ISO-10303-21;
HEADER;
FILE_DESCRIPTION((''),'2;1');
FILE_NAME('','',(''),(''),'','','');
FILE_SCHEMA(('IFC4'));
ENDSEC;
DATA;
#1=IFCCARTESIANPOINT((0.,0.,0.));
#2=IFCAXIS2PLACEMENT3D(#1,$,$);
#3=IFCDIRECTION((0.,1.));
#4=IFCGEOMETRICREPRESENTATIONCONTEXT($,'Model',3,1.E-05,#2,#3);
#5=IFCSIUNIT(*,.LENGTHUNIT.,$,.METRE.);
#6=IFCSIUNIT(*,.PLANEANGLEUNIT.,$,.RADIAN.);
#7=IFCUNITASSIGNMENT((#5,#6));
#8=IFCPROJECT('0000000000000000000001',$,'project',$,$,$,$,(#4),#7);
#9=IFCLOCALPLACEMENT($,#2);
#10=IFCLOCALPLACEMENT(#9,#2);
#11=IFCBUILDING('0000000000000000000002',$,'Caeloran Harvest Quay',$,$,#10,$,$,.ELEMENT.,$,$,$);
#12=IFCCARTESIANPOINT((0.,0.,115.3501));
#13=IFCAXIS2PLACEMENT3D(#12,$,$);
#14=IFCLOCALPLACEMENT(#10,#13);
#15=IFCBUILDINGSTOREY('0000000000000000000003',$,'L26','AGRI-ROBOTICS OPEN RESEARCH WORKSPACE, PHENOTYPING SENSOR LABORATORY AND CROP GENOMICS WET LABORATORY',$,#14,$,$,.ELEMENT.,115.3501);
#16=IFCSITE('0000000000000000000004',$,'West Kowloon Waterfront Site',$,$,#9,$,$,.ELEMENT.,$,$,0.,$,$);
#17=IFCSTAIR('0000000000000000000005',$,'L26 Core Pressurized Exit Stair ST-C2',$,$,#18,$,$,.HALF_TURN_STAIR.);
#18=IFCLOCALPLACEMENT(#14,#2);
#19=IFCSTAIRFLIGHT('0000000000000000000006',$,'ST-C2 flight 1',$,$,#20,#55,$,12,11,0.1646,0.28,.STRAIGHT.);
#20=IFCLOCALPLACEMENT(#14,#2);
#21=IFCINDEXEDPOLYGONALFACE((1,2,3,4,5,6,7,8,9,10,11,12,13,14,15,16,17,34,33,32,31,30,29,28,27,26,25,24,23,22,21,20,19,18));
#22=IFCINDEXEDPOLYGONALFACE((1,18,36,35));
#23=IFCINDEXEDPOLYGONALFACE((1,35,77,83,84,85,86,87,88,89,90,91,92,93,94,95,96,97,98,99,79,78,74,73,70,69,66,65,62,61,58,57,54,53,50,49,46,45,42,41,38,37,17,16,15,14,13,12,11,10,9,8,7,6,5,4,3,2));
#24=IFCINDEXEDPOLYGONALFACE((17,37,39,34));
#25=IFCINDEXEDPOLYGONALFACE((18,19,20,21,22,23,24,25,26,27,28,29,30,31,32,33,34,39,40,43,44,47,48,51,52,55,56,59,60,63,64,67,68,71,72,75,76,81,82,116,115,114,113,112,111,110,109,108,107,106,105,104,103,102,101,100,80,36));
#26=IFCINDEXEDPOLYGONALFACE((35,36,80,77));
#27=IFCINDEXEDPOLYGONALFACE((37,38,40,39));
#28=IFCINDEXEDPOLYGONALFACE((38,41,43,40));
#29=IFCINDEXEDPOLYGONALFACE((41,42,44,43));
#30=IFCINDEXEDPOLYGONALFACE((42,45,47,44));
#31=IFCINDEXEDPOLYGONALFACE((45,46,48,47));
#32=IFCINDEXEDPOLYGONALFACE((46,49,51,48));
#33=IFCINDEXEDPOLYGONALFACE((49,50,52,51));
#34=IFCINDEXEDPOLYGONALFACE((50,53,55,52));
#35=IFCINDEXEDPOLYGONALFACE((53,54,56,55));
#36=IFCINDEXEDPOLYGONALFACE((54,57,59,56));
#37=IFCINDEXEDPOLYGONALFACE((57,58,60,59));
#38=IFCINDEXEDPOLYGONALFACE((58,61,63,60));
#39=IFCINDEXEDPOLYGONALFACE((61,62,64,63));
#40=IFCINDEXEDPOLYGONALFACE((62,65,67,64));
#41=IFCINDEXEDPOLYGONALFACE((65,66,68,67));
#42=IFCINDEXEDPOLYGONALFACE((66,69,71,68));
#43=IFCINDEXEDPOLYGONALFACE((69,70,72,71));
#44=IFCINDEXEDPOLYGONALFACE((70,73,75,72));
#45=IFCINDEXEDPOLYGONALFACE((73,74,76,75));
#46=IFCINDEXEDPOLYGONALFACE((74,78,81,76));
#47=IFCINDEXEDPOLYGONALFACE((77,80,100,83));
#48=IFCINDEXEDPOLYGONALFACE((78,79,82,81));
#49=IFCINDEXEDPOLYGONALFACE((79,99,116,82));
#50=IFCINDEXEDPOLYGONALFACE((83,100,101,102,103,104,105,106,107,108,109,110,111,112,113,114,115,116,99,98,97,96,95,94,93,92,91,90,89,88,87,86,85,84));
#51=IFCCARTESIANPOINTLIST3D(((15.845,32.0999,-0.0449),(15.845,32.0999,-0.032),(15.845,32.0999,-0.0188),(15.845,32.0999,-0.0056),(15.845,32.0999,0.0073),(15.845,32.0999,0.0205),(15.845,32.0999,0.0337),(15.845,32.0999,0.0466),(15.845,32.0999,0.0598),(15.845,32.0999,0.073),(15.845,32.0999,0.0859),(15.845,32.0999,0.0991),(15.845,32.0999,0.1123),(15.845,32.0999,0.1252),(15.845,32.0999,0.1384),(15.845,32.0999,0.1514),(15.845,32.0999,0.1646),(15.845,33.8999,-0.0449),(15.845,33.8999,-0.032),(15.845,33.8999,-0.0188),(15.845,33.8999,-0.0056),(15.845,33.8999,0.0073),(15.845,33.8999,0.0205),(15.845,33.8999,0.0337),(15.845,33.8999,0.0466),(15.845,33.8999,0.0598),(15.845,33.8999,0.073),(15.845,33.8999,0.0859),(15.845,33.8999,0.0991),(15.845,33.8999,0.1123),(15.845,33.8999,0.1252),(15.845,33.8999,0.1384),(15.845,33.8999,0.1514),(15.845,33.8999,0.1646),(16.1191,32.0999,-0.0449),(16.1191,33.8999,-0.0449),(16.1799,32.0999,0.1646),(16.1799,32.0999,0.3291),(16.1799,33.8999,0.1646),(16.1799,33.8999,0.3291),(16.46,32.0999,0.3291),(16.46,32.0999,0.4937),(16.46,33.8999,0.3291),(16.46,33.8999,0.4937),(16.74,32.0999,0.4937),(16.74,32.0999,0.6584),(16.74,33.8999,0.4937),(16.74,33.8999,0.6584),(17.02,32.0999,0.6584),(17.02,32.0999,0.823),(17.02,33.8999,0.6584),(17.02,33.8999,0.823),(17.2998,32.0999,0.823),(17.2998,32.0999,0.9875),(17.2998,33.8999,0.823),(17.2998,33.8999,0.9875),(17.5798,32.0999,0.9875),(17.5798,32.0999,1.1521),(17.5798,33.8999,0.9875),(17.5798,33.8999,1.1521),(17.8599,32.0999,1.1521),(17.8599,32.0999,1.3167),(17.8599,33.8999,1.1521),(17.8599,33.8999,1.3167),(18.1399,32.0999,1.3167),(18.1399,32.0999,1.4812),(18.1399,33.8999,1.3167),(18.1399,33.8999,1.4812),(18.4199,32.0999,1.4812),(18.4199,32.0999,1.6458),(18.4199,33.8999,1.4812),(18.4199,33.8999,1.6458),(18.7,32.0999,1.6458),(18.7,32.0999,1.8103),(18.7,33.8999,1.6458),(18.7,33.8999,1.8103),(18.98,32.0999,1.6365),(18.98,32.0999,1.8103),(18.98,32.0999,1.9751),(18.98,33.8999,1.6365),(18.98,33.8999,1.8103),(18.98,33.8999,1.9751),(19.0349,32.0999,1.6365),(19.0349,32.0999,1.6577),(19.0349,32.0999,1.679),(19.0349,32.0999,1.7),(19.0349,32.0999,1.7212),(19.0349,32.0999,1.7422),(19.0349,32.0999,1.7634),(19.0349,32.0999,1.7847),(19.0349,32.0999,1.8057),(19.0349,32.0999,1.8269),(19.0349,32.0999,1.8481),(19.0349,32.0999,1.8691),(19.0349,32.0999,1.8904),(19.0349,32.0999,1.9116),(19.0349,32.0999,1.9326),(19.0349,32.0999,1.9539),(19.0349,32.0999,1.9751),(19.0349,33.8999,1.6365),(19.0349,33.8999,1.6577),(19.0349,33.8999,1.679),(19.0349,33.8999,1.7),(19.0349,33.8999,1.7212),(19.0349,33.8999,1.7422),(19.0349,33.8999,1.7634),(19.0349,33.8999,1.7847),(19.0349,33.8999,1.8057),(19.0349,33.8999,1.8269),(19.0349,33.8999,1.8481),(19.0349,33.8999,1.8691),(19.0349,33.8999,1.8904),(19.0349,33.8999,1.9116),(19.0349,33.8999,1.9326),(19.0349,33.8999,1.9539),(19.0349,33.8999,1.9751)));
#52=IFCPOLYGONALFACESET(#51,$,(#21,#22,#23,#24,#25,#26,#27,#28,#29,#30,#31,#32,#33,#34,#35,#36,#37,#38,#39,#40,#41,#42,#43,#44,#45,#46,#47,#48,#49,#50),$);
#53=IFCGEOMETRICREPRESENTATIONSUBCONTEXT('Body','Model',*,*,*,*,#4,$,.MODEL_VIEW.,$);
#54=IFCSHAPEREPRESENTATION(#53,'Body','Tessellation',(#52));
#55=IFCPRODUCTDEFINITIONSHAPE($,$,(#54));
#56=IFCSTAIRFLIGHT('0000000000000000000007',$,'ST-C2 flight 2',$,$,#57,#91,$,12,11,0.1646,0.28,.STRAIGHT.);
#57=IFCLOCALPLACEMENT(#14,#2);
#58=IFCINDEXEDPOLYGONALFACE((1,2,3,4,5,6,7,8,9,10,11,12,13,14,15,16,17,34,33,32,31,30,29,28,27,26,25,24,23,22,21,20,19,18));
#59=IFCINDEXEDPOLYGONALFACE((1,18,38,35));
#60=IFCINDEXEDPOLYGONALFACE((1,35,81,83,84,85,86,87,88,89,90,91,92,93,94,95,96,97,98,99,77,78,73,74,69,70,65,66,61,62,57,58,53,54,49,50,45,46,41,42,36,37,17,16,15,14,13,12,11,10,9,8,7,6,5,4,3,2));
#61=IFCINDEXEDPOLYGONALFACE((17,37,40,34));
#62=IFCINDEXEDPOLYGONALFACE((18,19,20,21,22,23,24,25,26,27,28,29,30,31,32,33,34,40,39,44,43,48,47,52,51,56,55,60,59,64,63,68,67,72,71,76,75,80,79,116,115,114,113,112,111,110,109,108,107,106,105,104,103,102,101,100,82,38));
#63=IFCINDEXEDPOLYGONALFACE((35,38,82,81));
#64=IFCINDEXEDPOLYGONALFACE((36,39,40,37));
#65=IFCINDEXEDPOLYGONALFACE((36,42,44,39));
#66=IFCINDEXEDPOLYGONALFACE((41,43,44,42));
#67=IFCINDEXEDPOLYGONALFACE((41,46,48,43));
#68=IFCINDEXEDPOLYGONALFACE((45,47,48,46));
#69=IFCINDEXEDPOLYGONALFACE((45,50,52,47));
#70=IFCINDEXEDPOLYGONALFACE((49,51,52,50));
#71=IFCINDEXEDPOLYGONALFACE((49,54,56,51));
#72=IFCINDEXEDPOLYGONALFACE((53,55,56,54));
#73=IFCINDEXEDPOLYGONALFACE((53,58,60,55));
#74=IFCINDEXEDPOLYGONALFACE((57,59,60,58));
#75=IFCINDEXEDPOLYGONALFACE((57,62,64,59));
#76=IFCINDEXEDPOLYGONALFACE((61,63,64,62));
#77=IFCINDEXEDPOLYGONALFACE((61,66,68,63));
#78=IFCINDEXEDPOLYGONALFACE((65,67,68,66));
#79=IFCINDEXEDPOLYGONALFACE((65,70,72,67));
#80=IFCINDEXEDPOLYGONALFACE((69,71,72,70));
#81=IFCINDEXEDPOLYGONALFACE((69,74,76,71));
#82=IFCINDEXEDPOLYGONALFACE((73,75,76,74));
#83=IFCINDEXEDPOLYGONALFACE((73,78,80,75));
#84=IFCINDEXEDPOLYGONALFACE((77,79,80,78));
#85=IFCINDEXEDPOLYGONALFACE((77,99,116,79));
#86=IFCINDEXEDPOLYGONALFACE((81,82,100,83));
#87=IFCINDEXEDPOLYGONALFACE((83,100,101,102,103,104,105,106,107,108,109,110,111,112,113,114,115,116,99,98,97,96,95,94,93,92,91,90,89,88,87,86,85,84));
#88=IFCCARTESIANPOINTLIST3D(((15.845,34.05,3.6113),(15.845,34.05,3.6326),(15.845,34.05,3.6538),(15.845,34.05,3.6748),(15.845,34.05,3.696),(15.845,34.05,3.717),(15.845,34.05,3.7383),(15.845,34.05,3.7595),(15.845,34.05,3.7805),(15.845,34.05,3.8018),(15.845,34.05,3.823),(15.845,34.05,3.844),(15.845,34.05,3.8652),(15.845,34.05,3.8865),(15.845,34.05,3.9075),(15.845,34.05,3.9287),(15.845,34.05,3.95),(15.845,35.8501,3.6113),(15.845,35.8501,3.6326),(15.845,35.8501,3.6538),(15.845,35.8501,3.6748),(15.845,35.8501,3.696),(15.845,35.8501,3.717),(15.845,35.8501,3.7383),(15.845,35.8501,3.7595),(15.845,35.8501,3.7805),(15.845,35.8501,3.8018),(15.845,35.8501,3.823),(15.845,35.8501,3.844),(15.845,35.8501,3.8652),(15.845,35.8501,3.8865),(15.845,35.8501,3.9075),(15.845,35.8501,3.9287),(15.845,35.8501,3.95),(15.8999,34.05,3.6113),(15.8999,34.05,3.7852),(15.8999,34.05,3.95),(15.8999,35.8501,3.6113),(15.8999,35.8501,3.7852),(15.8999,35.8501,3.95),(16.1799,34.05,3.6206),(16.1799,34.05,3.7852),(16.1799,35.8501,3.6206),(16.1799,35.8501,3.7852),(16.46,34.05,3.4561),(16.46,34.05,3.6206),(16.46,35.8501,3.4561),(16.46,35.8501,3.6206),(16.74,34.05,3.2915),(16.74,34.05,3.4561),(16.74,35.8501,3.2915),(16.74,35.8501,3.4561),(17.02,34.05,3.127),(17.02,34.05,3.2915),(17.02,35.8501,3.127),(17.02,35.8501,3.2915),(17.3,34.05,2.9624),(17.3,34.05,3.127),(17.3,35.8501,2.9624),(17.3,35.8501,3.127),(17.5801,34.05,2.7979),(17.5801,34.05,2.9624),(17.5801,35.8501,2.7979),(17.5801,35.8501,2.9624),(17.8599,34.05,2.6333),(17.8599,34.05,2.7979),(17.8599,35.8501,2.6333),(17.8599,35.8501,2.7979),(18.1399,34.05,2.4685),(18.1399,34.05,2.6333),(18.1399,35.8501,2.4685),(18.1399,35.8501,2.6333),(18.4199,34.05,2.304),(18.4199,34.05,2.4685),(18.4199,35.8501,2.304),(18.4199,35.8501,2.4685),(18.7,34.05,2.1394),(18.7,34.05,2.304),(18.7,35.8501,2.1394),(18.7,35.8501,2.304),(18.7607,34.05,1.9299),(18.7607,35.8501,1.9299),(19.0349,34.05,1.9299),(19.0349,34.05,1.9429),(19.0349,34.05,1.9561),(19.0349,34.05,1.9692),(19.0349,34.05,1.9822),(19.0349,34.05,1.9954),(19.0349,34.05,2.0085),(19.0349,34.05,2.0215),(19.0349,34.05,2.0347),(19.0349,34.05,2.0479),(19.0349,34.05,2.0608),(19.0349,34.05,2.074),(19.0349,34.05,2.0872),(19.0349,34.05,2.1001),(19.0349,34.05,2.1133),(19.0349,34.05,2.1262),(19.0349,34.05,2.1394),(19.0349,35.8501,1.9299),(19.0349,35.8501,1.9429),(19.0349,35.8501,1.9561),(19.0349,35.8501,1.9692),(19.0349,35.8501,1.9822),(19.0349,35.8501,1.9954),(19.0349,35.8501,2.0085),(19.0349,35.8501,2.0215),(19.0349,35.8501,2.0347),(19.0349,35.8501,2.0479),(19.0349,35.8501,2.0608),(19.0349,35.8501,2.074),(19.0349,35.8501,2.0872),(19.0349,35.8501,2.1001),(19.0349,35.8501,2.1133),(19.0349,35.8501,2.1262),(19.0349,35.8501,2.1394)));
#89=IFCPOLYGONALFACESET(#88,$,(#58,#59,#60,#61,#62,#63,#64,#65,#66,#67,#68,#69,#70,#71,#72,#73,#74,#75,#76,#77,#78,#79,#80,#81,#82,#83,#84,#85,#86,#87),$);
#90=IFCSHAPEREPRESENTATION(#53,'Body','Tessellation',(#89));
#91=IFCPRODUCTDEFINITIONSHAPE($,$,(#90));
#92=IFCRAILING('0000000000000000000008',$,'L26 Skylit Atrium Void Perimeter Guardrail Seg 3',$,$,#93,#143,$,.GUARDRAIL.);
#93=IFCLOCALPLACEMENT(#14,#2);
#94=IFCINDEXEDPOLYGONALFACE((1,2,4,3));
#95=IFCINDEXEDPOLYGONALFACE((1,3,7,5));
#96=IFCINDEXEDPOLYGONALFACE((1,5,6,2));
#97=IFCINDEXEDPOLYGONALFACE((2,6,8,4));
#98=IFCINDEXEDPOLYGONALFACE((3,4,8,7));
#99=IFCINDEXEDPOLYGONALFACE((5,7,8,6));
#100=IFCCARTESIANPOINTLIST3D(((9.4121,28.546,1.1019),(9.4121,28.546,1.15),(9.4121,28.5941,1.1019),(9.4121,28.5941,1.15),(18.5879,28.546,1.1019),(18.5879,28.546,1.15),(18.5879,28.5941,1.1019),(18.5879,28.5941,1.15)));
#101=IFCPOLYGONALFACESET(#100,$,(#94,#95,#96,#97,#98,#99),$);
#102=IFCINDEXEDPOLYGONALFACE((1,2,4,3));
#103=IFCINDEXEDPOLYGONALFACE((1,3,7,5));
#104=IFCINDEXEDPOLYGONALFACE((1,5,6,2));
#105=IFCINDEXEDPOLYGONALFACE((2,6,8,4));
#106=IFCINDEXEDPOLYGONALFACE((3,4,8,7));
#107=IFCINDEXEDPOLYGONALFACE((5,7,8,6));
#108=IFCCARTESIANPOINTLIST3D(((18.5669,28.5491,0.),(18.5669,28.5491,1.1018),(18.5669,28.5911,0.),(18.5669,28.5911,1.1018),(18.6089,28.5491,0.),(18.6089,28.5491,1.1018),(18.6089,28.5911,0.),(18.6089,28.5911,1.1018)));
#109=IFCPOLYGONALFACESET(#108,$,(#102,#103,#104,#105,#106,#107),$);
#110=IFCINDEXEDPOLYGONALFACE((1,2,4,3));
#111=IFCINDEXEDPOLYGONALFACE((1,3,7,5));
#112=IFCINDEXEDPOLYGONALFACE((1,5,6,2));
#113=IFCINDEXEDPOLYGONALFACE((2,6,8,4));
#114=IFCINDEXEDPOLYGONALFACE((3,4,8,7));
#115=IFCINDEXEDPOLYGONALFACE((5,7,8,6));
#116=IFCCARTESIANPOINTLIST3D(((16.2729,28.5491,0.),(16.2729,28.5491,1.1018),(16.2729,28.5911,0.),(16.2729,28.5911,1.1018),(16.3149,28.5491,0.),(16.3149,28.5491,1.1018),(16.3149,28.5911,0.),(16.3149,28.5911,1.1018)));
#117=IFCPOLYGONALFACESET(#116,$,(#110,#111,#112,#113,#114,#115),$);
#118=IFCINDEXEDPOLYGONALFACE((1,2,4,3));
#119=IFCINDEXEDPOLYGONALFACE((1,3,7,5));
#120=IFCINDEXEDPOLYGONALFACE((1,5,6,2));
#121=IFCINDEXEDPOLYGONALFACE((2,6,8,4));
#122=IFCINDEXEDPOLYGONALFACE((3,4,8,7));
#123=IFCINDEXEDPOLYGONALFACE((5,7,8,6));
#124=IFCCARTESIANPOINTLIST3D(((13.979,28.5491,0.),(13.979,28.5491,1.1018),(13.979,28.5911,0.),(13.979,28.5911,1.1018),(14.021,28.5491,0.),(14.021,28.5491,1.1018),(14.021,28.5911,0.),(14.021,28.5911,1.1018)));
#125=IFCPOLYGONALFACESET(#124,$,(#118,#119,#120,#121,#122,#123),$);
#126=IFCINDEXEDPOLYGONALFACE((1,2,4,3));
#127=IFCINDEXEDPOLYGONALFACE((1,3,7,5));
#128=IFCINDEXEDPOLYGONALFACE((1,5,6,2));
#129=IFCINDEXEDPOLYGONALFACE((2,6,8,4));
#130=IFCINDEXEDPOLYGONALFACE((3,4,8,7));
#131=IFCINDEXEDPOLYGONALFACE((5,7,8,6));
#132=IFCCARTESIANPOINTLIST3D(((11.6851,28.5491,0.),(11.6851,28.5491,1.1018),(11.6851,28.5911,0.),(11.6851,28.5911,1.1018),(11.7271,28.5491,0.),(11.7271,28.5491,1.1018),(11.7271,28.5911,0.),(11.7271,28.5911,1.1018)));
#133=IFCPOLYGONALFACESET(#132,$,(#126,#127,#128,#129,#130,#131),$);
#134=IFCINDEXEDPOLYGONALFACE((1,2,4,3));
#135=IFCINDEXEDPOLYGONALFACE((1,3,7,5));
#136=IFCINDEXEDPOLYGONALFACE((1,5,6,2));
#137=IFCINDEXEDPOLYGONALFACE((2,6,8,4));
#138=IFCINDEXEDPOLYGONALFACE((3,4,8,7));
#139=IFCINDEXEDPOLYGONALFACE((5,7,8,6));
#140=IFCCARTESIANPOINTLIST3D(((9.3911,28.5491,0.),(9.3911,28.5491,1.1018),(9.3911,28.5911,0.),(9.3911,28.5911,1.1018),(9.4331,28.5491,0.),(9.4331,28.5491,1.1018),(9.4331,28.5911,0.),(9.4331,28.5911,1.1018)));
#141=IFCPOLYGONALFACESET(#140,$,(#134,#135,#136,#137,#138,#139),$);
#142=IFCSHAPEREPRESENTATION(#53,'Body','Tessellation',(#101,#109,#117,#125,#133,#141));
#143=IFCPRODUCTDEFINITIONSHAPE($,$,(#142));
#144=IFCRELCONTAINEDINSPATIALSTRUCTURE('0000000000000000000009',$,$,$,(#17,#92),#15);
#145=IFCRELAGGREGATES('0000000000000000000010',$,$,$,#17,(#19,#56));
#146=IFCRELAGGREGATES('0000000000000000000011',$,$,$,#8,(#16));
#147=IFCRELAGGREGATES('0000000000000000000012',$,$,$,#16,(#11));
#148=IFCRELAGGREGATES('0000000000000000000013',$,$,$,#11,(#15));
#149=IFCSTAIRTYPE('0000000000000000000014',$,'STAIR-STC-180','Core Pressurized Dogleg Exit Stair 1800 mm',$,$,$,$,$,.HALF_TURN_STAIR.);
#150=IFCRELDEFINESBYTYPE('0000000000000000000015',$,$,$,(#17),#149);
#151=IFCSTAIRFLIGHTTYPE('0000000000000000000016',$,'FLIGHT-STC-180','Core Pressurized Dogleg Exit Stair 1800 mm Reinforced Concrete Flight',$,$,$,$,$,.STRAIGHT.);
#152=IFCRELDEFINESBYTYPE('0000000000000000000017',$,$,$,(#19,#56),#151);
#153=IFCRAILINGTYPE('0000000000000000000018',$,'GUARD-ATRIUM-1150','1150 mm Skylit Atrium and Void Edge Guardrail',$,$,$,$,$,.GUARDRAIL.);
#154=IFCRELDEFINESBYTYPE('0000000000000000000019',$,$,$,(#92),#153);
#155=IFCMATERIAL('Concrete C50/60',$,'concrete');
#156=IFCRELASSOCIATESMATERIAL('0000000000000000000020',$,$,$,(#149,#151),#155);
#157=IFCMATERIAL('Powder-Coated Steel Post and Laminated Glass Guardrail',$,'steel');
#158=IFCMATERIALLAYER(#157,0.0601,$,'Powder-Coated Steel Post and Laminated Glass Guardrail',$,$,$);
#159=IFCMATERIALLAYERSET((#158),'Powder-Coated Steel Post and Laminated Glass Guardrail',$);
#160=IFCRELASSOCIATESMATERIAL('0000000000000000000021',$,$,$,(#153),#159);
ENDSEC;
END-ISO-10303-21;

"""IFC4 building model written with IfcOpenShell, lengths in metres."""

from ifc_helpers import new_model, si_unit, direction, frame, origin, origin_2d, place, context, subcontext, project, spatial, polyline, rectangle, outline, extrude, material, layer, layer_set, type_object, element, aggregate, save


model = new_model("IFC4")

# Units and contexts
model_context = context("Model", 3, precision=1e-05, world=origin(), true_north=direction((0.0, 1.0)))
body_context = subcontext(model_context, "Body", "Model", "MODEL_VIEW")
ifc_project = project(units=[si_unit("LENGTHUNIT", "METRE"), si_unit("PLANEANGLEUNIT", "RADIAN")], contexts=[model_context])

# Site, building, storey
site_placement = place(None, origin())
site = spatial("IfcSite", under=ifc_project, at=site_placement, Name="West Kowloon Waterfront Site", CompositionType="ELEMENT", RefElevation=0.0)
building_placement = place(site_placement, origin())
building = spatial("IfcBuilding", under=site, at=building_placement, Name="Caeloran Harvest Quay", CompositionType="ELEMENT")
storey_placement = place(building_placement, frame((0.0, 0.0, 115.3501)))
storey = spatial("IfcBuildingStorey", under=building, at=storey_placement, Name="L26", Description="AGRI-ROBOTICS OPEN RESEARCH WORKSPACE, PHENOTYPING SENSOR LABORATORY AND CROP GENOMICS WET LABORATORY", CompositionType="ELEMENT", Elevation=115.3501)

# Stair, stair flights
ifc_material_1 = material(Name="Concrete C50/60", Category="concrete")
stair_type = type_object("IfcStairType", Name="STAIR-STC-180", Description="Core Pressurized Dogleg Exit Stair 1800 mm", PredefinedType="HALF_TURN_STAIR", material=ifc_material_1)
stair_placement = place(storey_placement, origin())
stair = element("IfcStair", 1, at=stair_placement, inside=storey, type_object=stair_type, Name="L26 Core Pressurized Exit Stair ST-C2", PredefinedType="HALF_TURN_STAIR")
stair_flight_type = type_object("IfcStairFlightType", Name="FLIGHT-STC-180", Description="Core Pressurized Dogleg Exit Stair 1800 mm Reinforced Concrete Flight", PredefinedType="STRAIGHT", material=ifc_material_1)
stair_flight_1_placement = place(storey_placement, frame((15.8999, 33.0, 0.0), z_axis=(0.0, 0.0, 1.0), x_axis=(1.0, 0.0, 0.0)))
stair_flight_1 = element("IfcStairFlight", 2, at=stair_flight_1_placement, type_object=stair_flight_type, Name="ST-C2 flight 1", NumberOfRisers=12, NumberOfTreads=11, PredefinedType="STRAIGHT", RiserHeight=0.1646, TreadLength=0.28, context=body_context, shape_type="SweptSolid", body=[
    extrude(outline(polyline([(-0.0549, -0.0449), (-0.0549, -0.032), (-0.0549, -0.0188), (-0.0549, -0.0056), (-0.0549, 0.0073), (-0.0549, 0.0205), (-0.0549, 0.0337), (-0.0549, 0.0466), (-0.0549, 0.0598), (-0.0549, 0.073), (-0.0549, 0.0859), (-0.0549, 0.0991), (-0.0549, 0.1123), (-0.0549, 0.1252), (-0.0549, 0.1384), (-0.0549, 0.1514), (-0.0549, 0.1646), (0.28, 0.1646), (0.28, 0.3291), (0.5601, 0.3291), (0.5601, 0.4937), (0.8401, 0.4937), (0.8401, 0.6584), (1.1201, 0.6584), (1.1201, 0.823), (1.3999, 0.823), (1.3999, 0.9875), (1.6799, 0.9875), (1.6799, 1.1521), (1.96, 1.1521), (1.96, 1.3167), (2.24, 1.3167), (2.24, 1.4812), (2.52, 1.4812), (2.52, 1.6458), (2.8, 1.6458), (2.8, 1.8103), (3.0801, 1.8103), (3.0801, 1.9751), (3.135, 1.9751), (3.135, 1.9539), (3.135, 1.9326), (3.135, 1.9116), (3.135, 1.8904), (3.135, 1.8691), (3.135, 1.8481), (3.135, 1.8269), (3.135, 1.8057), (3.135, 1.7847), (3.135, 1.7634), (3.135, 1.7422), (3.135, 1.7212), (3.135, 1.7), (3.135, 1.679), (3.135, 1.6577), (3.135, 1.6365), (3.0801, 1.6365), (0.2192, -0.0449), (-0.0549, -0.0449)])), frame((0.0, 0.8999, 0.0), z_axis=(0.0, -1.0, 0.0), x_axis=(1.0, 0.0, 0.0)), (0.0, 0.0, 1.0), 1.8),
])
stair_flight_2_placement = place(storey_placement, frame((18.98, 34.95, 1.9749), z_axis=(0.0, 0.0, 1.0), x_axis=(-1.0, 0.0, 0.0)))
stair_flight_2 = element("IfcStairFlight", 3, at=stair_flight_2_placement, type_object=stair_flight_type, Name="ST-C2 flight 2", NumberOfRisers=12, NumberOfTreads=11, PredefinedType="STRAIGHT", RiserHeight=0.1646, TreadLength=0.28, context=body_context, shape_type="SweptSolid", body=[
    extrude(outline(polyline([(-0.0549, -0.0449), (-0.0549, -0.032), (-0.0549, -0.0188), (-0.0549, -0.0056), (-0.0549, 0.0073), (-0.0549, 0.0205), (-0.0549, 0.0337), (-0.0549, 0.0466), (-0.0549, 0.0598), (-0.0549, 0.073), (-0.0549, 0.0859), (-0.0549, 0.0991), (-0.0549, 0.1123), (-0.0549, 0.1252), (-0.0549, 0.1384), (-0.0549, 0.1514), (-0.0549, 0.1646), (0.28, 0.1646), (0.28, 0.3291), (0.5601, 0.3291), (0.5601, 0.4937), (0.8401, 0.4937), (0.8401, 0.6584), (1.1201, 0.6584), (1.1201, 0.823), (1.3999, 0.823), (1.3999, 0.9875), (1.6799, 0.9875), (1.6799, 1.1521), (1.96, 1.1521), (1.96, 1.3167), (2.24, 1.3167), (2.24, 1.4812), (2.52, 1.4812), (2.52, 1.6458), (2.8, 1.6458), (2.8, 1.8103), (3.0801, 1.8103), (3.0801, 1.9751), (3.135, 1.9751), (3.135, 1.9539), (3.135, 1.9326), (3.135, 1.9116), (3.135, 1.8904), (3.135, 1.8691), (3.135, 1.8481), (3.135, 1.8269), (3.135, 1.8057), (3.135, 1.7847), (3.135, 1.7634), (3.135, 1.7422), (3.135, 1.7212), (3.135, 1.7), (3.135, 1.679), (3.135, 1.6577), (3.135, 1.6365), (3.0801, 1.6365), (0.2192, -0.0449), (-0.0549, -0.0449)])), frame((0.0, 0.8999, 0.0), z_axis=(0.0, -1.0, 0.0), x_axis=(1.0, 0.0, 0.0)), (0.0, 0.0, 1.0), 1.8),
])
aggregate(stair, [stair_flight_1, stair_flight_2])

# Railing
ifc_material_2 = material(Name="Powder-Coated Steel Post and Laminated Glass Guardrail", Category="steel")
ifc_layer_1 = layer(ifc_material_2, 0.0601, Name="Powder-Coated Steel Post and Laminated Glass Guardrail")
ifc_layer_set_1 = layer_set([ifc_layer_1], Name="Powder-Coated Steel Post and Laminated Glass Guardrail")
railing_type_1 = type_object("IfcRailingType", Name="GUARD-ATRIUM-1150", Description="1150 mm Skylit Atrium and Void Edge Guardrail", PredefinedType="GUARDRAIL", material=ifc_layer_set_1)
railing_1_placement = place(storey_placement, frame((18.5879, 28.5701, 0.0)))
element("IfcRailing", 4, at=railing_1_placement, inside=storey, type_object=railing_type_1, Name="L26 Skylit Atrium Void Perimeter Guardrail Seg 3", PredefinedType="GUARDRAIL", context=body_context, shape_type="SweptSolid", body=[
    extrude(rectangle(XDim=0.0481, YDim=0.0481, at=origin_2d()), frame((0.0, 0.0, 1.126), z_axis=(-1.0, 0.0, 0.0), x_axis=(0.0, -1.0, 0.0)), (0.0, 0.0, 1.0), 9.1758),
    extrude(rectangle(XDim=0.042, YDim=0.042, at=origin_2d()), origin(), (0.0, 0.0, 1.0), 1.1018),
    extrude(rectangle(XDim=0.042, YDim=0.042, at=origin_2d()), frame((-2.2939, 0.0, 0.0)), (0.0, 0.0, 1.0), 1.1018),
    extrude(rectangle(XDim=0.042, YDim=0.042, at=origin_2d()), frame((-4.5879, 0.0, 0.0)), (0.0, 0.0, 1.0), 1.1018),
    extrude(rectangle(XDim=0.042, YDim=0.042, at=origin_2d()), frame((-6.8818, 0.0, 0.0)), (0.0, 0.0, 1.0), 1.1018),
    extrude(rectangle(XDim=0.042, YDim=0.042, at=origin_2d()), frame((-9.1758, 0.0, 0.0)), (0.0, 0.0, 1.0), 1.1018),
])

save(model, "model.ifc")
